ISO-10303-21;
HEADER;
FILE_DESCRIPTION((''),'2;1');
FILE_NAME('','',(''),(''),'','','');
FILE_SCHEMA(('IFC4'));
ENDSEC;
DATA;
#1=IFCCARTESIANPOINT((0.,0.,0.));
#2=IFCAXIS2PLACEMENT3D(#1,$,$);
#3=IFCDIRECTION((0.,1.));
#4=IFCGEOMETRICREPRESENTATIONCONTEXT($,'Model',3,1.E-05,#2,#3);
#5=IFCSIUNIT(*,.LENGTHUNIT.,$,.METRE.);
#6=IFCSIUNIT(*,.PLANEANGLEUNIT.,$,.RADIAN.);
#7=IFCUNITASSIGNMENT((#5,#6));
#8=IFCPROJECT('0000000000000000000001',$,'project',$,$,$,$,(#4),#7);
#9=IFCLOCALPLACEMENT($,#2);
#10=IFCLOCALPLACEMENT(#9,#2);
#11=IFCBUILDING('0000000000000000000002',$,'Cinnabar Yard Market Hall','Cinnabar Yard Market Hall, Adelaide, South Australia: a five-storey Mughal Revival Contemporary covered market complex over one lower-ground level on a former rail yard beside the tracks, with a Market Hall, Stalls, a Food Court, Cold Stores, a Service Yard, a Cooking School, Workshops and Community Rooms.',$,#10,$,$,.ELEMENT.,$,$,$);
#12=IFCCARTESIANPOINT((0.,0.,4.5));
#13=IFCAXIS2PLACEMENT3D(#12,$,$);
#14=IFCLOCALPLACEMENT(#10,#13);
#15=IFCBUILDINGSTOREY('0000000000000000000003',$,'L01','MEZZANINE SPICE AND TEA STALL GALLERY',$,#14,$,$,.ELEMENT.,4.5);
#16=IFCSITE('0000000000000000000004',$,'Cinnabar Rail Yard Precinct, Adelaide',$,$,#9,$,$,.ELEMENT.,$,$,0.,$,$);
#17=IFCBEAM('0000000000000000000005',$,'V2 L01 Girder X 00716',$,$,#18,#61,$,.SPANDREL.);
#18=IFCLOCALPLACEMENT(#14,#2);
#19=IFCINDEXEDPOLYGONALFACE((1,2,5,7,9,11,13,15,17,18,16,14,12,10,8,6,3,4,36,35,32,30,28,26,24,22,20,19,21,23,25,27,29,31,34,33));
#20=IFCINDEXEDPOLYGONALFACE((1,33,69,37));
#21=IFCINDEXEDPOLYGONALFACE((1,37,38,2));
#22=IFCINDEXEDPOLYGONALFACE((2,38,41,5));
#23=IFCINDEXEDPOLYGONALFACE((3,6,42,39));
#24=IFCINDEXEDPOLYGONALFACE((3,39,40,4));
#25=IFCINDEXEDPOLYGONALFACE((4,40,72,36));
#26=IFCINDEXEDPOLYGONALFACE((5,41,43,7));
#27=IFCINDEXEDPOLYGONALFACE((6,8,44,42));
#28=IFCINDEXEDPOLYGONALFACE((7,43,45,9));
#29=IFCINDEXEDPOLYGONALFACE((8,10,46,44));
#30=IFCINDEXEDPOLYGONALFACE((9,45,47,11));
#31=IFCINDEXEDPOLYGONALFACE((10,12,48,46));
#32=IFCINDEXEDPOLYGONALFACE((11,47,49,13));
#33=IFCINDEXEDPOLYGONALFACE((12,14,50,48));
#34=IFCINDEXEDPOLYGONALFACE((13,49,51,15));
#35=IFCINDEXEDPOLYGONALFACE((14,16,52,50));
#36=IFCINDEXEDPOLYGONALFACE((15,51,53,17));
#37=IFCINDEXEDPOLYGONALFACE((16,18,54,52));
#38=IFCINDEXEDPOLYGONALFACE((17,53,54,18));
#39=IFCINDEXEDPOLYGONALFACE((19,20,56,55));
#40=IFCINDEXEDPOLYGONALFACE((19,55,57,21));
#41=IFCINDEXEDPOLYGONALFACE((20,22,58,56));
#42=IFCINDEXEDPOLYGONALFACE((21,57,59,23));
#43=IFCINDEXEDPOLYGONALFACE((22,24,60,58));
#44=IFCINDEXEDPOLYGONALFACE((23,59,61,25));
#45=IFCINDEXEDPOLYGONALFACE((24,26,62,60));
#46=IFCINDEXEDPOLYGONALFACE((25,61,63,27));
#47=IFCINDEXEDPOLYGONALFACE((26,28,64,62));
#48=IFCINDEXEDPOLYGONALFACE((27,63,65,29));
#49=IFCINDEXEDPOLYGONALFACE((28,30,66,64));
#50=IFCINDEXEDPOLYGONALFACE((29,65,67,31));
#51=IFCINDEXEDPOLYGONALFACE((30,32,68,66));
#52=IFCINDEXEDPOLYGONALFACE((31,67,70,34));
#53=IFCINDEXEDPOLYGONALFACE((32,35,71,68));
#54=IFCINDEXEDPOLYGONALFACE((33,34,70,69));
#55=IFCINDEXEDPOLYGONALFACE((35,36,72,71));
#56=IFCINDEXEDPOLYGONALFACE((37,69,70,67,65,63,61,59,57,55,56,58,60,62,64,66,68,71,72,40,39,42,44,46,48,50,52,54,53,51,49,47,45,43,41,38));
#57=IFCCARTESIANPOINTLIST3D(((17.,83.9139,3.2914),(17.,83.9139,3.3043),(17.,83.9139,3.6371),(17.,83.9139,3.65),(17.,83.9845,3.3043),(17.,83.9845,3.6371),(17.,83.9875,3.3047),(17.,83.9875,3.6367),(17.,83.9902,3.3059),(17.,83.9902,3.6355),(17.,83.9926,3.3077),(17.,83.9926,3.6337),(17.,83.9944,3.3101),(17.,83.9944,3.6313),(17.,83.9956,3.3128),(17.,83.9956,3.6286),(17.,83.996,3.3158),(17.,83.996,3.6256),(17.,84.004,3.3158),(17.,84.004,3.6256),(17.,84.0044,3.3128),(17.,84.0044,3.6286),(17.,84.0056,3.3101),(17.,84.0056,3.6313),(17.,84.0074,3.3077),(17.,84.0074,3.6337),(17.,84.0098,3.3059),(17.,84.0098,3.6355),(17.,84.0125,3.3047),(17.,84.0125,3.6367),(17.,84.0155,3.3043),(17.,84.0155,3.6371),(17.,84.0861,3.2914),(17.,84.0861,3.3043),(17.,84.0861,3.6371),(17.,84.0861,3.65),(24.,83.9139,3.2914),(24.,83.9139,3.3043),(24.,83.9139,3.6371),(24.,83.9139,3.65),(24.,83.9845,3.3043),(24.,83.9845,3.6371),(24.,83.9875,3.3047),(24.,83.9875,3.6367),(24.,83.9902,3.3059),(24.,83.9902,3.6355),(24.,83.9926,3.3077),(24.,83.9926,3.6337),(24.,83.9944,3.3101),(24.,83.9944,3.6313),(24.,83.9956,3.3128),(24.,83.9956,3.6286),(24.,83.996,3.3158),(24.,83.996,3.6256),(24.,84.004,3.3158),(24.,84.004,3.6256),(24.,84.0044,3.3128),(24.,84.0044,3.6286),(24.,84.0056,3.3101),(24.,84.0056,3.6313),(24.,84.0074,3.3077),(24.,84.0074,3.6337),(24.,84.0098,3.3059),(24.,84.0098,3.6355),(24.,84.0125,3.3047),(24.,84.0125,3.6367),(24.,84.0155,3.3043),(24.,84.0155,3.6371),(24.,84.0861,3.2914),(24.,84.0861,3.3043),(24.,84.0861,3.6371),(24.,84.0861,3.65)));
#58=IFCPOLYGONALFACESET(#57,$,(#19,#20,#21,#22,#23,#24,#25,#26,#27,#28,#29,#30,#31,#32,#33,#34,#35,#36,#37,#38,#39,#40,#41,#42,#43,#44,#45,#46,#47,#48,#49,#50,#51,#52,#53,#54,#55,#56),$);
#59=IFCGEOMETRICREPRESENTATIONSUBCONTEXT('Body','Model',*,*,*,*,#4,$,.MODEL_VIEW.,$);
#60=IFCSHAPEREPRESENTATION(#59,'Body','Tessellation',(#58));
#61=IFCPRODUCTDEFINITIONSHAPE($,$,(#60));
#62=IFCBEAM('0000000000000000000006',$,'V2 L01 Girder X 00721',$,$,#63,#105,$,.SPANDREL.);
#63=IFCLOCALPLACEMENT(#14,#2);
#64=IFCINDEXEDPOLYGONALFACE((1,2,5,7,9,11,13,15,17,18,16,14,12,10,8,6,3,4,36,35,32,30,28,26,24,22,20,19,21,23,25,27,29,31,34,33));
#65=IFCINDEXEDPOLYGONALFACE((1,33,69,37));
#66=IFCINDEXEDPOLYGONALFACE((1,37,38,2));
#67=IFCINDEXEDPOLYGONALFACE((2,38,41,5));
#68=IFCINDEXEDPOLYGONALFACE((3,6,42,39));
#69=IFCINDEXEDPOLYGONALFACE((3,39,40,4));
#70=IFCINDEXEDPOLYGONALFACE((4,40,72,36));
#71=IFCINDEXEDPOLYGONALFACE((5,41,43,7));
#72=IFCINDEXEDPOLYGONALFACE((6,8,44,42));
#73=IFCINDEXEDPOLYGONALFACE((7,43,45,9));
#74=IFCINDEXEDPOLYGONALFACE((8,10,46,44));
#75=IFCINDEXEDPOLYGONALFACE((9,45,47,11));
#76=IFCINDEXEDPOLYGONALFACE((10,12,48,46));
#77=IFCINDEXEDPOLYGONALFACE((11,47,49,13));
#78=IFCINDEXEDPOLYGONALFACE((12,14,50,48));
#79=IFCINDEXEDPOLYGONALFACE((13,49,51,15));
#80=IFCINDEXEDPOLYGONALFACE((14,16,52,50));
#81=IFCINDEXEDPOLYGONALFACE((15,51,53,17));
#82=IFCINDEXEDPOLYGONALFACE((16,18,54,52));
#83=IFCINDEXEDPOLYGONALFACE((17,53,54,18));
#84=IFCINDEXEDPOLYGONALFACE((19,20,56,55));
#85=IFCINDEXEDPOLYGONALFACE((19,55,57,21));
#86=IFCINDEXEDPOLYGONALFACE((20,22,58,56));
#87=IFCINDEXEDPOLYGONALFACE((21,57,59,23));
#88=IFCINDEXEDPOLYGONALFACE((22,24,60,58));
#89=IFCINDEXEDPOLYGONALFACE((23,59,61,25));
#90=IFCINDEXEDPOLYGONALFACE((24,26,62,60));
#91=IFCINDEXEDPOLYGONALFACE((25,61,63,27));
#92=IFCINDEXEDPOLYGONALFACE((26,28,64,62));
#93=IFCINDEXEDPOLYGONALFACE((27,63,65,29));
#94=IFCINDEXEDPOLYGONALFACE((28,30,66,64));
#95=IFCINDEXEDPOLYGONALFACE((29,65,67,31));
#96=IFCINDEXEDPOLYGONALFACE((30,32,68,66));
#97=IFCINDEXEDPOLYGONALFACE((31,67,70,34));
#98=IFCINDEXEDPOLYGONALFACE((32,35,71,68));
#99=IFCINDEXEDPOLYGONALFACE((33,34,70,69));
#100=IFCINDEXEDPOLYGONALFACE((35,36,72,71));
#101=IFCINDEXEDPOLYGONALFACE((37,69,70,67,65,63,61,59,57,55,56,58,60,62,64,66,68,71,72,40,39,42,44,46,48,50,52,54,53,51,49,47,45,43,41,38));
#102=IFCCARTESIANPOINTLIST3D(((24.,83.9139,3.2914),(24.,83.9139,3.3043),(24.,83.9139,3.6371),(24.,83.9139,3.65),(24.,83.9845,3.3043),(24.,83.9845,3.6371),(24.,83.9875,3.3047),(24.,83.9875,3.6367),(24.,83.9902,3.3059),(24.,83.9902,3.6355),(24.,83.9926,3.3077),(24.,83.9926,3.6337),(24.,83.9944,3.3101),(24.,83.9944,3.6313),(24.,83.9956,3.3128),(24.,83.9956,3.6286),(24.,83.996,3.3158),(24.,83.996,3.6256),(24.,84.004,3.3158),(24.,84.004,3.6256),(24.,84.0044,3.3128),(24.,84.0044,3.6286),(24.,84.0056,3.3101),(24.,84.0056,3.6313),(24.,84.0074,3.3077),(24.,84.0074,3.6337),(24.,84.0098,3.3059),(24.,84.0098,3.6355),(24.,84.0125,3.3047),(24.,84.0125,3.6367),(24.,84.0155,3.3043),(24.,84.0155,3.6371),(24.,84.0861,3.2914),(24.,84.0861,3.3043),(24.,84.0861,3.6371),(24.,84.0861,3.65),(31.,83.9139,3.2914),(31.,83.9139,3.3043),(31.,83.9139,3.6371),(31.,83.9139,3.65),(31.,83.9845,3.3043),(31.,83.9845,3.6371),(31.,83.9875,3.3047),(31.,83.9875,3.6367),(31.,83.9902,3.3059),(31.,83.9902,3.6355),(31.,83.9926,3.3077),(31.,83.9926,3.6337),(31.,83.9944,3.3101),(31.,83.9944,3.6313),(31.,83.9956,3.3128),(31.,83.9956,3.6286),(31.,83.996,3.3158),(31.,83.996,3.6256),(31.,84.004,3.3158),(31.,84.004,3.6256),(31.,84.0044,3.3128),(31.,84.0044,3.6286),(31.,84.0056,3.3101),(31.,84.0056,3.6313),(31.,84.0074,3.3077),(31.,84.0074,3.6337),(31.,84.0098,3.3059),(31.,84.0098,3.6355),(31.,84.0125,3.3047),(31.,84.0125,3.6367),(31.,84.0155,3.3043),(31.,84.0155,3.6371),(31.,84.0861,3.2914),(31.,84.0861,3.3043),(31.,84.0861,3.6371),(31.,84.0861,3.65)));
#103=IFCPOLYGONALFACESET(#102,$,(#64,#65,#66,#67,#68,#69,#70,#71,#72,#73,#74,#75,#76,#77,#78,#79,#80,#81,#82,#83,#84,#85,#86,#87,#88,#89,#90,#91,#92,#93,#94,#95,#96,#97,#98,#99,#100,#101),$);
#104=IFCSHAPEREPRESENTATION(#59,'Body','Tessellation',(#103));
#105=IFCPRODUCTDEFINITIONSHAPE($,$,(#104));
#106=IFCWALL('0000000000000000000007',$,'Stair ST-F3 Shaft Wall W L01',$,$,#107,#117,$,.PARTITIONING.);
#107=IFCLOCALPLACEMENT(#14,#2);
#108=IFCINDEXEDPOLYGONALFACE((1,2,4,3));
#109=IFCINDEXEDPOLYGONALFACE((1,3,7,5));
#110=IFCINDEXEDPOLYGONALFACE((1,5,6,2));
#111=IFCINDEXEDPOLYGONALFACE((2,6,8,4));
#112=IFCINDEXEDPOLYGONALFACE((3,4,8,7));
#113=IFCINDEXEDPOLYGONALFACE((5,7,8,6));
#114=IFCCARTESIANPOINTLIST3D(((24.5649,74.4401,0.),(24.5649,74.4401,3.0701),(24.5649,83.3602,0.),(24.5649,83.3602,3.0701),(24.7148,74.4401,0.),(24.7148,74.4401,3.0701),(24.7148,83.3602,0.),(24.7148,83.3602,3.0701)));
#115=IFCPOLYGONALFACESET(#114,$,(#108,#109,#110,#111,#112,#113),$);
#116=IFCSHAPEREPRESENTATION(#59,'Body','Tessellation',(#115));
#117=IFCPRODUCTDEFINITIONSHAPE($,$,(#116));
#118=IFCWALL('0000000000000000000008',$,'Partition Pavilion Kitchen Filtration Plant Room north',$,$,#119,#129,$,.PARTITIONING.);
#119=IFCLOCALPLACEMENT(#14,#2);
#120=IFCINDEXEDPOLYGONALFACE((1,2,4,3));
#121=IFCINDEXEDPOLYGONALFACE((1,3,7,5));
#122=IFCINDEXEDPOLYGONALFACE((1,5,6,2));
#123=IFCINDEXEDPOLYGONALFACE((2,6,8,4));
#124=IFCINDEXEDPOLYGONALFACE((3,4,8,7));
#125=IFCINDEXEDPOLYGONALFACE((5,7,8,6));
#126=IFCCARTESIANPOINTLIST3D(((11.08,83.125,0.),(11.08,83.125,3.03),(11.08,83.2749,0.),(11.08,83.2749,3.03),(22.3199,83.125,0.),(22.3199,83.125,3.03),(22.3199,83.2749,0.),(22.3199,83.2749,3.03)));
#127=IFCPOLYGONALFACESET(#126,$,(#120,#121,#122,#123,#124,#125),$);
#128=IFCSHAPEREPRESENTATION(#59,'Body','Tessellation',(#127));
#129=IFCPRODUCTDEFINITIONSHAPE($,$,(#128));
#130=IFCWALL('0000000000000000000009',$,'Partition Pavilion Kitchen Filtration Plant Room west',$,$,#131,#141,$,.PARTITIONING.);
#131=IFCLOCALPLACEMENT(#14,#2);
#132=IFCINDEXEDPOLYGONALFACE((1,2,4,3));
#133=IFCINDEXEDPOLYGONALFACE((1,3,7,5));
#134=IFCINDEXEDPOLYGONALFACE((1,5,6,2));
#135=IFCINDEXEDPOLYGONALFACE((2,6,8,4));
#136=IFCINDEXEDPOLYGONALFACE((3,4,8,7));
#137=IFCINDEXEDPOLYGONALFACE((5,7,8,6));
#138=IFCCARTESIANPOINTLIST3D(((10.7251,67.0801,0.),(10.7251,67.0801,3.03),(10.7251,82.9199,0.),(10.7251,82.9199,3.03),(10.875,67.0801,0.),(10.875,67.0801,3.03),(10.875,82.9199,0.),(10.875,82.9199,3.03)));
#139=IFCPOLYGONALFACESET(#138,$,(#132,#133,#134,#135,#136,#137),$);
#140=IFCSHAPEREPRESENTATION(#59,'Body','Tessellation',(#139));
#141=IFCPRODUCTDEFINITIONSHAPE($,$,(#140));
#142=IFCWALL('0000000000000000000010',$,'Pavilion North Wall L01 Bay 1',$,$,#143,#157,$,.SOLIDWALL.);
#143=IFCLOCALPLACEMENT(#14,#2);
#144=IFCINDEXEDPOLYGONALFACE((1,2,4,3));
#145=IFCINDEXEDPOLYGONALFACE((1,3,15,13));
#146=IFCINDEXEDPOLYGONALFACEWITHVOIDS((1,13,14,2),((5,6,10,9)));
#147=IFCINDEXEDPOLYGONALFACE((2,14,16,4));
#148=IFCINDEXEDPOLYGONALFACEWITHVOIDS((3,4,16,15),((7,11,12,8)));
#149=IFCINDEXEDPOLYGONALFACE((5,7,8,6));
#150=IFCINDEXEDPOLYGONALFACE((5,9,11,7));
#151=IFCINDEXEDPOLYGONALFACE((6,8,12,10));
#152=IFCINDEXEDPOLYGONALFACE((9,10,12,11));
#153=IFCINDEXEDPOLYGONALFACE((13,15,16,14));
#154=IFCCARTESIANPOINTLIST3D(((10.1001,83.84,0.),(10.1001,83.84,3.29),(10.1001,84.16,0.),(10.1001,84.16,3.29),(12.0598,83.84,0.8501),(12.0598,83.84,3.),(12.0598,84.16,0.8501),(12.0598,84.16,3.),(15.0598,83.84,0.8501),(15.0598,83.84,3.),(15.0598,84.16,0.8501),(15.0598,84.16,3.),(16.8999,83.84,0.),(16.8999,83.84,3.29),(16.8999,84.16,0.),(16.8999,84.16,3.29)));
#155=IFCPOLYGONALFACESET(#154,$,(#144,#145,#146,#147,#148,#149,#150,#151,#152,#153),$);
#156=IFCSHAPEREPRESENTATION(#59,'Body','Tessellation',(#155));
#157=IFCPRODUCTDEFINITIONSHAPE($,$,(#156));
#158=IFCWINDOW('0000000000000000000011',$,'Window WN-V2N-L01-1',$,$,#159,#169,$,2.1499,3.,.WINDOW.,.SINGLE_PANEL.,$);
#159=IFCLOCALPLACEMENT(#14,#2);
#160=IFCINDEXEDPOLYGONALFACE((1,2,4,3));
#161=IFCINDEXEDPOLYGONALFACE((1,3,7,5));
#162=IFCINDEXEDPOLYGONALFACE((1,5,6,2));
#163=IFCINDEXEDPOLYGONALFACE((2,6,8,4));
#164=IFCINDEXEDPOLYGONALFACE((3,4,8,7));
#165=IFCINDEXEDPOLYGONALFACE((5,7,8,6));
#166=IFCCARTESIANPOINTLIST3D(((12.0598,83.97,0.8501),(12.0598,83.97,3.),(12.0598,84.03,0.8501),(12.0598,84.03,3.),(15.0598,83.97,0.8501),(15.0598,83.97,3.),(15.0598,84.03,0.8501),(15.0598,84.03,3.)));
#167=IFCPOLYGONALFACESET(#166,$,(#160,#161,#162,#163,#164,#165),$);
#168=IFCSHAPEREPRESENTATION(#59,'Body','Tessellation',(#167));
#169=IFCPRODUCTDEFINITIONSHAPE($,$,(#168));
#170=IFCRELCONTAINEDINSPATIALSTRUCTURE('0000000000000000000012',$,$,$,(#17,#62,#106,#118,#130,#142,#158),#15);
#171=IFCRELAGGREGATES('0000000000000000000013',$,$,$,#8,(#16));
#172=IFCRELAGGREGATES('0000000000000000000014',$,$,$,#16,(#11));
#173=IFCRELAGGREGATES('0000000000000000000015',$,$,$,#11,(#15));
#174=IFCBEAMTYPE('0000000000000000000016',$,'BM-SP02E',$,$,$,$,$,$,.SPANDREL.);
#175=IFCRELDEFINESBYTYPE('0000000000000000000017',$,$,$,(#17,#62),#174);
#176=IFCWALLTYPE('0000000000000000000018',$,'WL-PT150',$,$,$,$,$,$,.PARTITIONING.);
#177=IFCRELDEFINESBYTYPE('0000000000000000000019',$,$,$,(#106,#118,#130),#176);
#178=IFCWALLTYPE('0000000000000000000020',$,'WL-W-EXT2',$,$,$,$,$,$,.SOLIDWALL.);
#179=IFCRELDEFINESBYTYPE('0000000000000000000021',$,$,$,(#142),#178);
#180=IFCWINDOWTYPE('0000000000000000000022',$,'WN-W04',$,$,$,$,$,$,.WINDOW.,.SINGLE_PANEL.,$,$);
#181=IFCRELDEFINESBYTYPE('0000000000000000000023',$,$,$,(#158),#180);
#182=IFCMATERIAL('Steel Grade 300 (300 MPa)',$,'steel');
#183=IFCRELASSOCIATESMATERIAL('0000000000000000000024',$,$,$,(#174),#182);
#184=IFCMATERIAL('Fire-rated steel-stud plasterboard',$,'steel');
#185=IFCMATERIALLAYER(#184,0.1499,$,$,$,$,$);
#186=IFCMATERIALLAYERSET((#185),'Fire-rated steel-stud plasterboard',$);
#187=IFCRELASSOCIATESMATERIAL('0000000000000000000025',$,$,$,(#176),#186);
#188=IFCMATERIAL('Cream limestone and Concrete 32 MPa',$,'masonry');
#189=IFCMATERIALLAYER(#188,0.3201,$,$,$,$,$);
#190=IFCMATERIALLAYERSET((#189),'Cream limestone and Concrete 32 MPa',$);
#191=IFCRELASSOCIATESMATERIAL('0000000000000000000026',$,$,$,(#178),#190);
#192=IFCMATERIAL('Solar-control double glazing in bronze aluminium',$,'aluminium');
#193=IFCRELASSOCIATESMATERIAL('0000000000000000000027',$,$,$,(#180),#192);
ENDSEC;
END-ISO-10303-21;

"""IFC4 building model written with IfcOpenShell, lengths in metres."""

from ifc_helpers import new_model, si_unit, direction, frame, frame_2d, origin, origin_2d_with_axis, place, context, subcontext, project, spatial, rectangle, i_section, extrude, material, layer, layer_set, material_profile, profile_set, type_object, element, fill, save


model = new_model("IFC4")

# Units and contexts
model_context = context("Model", 3, precision=1e-05, world=origin(), true_north=direction((0.0, 1.0)))
body_context = subcontext(model_context, "Body", "Model", "MODEL_VIEW")
ifc_project = project(units=[si_unit("LENGTHUNIT", "METRE"), si_unit("PLANEANGLEUNIT", "RADIAN")], contexts=[model_context])

# Site, building, storey
site_placement = place(None, origin())
site = spatial("IfcSite", under=ifc_project, at=site_placement, Name="Cinnabar Rail Yard Precinct, Adelaide", CompositionType="ELEMENT", RefElevation=0.0)
building_placement = place(site_placement, origin())
building = spatial("IfcBuilding", under=site, at=building_placement, Name="Cinnabar Yard Market Hall", Description="Cinnabar Yard Market Hall, Adelaide, South Australia: a five-storey Mughal Revival Contemporary covered market complex over one lower-ground level on a former rail yard beside the tracks, with a Market Hall, Stalls, a Food Court, Cold Stores, a Service Yard, a Cooking School, Workshops and Community Rooms.", CompositionType="ELEMENT")
storey_placement = place(building_placement, frame((0.0, 0.0, 4.5)))
storey = spatial("IfcBuildingStorey", under=building, at=storey_placement, Name="L01", Description="MEZZANINE SPICE AND TEA STALL GALLERY", CompositionType="ELEMENT", Elevation=4.5)

# Shared definitions
ifc_material_1 = material(Name="Steel Grade 300 (300 MPa)", Category="steel")

# Beams
ifc_material_profile_1 = material_profile(ifc_material_1, i_section(OverallWidth=0.1721, OverallDepth=0.3586, WebThickness=0.0081, FlangeThickness=0.0129, FilletRadius=0.0115, at=origin_2d_with_axis()), Name="360UB56.7")
ifc_profile_set_1 = profile_set([ifc_material_profile_1], Name="Steel Grade 300 (300 MPa)")
beam_type = type_object("IfcBeamType", Name="BM-SP02E", PredefinedType="SPANDREL", material=ifc_profile_set_1)
for number, where, z_axis, x_axis, name in (
    (1, (17.0, 84.0, 3.4707), (1.0, 0.0, 0.0), (0.0, 1.0, 0.0), "V2 L01 Girder X 00716"),
    (2, (24.0, 84.0, 3.4707), (1.0, 0.0, 0.0), (0.0, 1.0, 0.0), "V2 L01 Girder X 00721"),
):
    element("IfcBeam", number, at=place(storey_placement, frame(where, z_axis=z_axis, x_axis=x_axis)), inside=storey, type_object=beam_type, Name=name, PredefinedType="SPANDREL", context=body_context, shape_type="SweptSolid", body=[
        extrude(i_section(OverallWidth=0.1721, OverallDepth=0.3586, WebThickness=0.0081, FlangeThickness=0.0129, FilletRadius=0.0115, at=origin_2d_with_axis()), origin(), (0.0, 0.0, 1.0), 7.0),
    ])

# Walls
ifc_material_2 = material(Name="Fire-rated steel-stud plasterboard", Category="steel")
ifc_layer_1 = layer(ifc_material_2, 0.1499)
ifc_layer_set_1 = layer_set([ifc_layer_1], Name="Fire-rated steel-stud plasterboard")
wall_type_1 = type_object("IfcWallType", Name="WL-PT150", PredefinedType="PARTITIONING", material=ifc_layer_set_1)
wall_1_placement = place(storey_placement, frame((24.6399, 83.3601, 0.0), z_axis=(0.0, 0.0, 1.0), x_axis=(0.0, -1.0, 0.0)))
element("IfcWall", 3, at=wall_1_placement, inside=storey, type_object=wall_type_1, Name="Stair ST-F3 Shaft Wall W L01", PredefinedType="PARTITIONING", context=body_context, shape_type="SweptSolid", body=[
    extrude(rectangle(XDim=8.9202, YDim=0.1499, at=frame_2d((4.46, 0.0), x_axis=(1.0, 0.0))), origin(), (0.0, 0.0, 1.0), 3.0701),
])
wall_2_placement = place(storey_placement, frame((22.3201, 83.2, 0.0), z_axis=(0.0, 0.0, 1.0), x_axis=(-1.0, 0.0, 0.0)))
element("IfcWall", 4, at=wall_2_placement, inside=storey, type_object=wall_type_1, Name="Partition Pavilion Kitchen Filtration Plant Room north", PredefinedType="PARTITIONING", context=body_context, shape_type="SweptSolid", body=[
    extrude(rectangle(XDim=11.24, YDim=0.1499, at=frame_2d((5.6201, 0.0), x_axis=(1.0, 0.0))), origin(), (0.0, 0.0, 1.0), 3.03),
])
wall_3_placement = place(storey_placement, frame((10.8, 82.9199, 0.0), z_axis=(0.0, 0.0, 1.0), x_axis=(0.0, -1.0, 0.0)))
element("IfcWall", 5, at=wall_3_placement, inside=storey, type_object=wall_type_1, Name="Partition Pavilion Kitchen Filtration Plant Room west", PredefinedType="PARTITIONING", context=body_context, shape_type="SweptSolid", body=[
    extrude(rectangle(XDim=15.8398, YDim=0.1499, at=frame_2d((7.9199, 0.0), x_axis=(1.0, 0.0))), origin(), (0.0, 0.0, 1.0), 3.03),
])

# Wall, opening, window
ifc_material_3 = material(Name="Cream limestone and Concrete 32 MPa", Category="masonry")
ifc_layer_2 = layer(ifc_material_3, 0.3201)
ifc_layer_set_2 = layer_set([ifc_layer_2], Name="Cream limestone and Concrete 32 MPa")
wall_type_2 = type_object("IfcWallType", Name="WL-W-EXT2", PredefinedType="SOLIDWALL", material=ifc_layer_set_2)
wall_4_placement = place(storey_placement, frame((16.8999, 84.0, 0.0), z_axis=(0.0, 0.0, 1.0), x_axis=(-1.0, 0.0, 0.0)))
wall_4 = element("IfcWall", 6, at=wall_4_placement, inside=storey, type_object=wall_type_2, Name="Pavilion North Wall L01 Bay 1", PredefinedType="SOLIDWALL", context=body_context, shape_type="SweptSolid", body=[
    extrude(rectangle(XDim=6.7998, YDim=0.3201, at=frame_2d((3.3999, 0.0), x_axis=(1.0, 0.0))), origin(), (0.0, 0.0, 1.0), 3.29),
])
opening_1_placement = place(wall_4_placement, frame((1.8401, 0.0, 0.8501)))
opening_1 = element("IfcOpeningElement", 7, at=opening_1_placement, cuts=wall_4, PredefinedType="OPENING", context=body_context, shape_type="SweptSolid", body=[
    extrude(rectangle(XDim=3.0, YDim=2.1499, at=frame_2d((1.5, 1.075), x_axis=(1.0, 0.0))), frame((0.0, 0.1699, 0.0), z_axis=(0.0, -1.0, 0.0), x_axis=(1.0, 0.0, 0.0)), (0.0, 0.0, 1.0), 0.3401),
])
ifc_material_4 = material(Name="Solar-control double glazing in bronze aluminium", Category="aluminium")
window_type_1 = type_object("IfcWindowType", Name="WN-W04", PartitioningType="SINGLE_PANEL", PredefinedType="WINDOW", material=ifc_material_4)
window_1_placement = place(opening_1_placement, origin())
window_1 = element("IfcWindow", 8, at=window_1_placement, inside=storey, type_object=window_type_1, Name="Window WN-V2N-L01-1", OverallHeight=2.1499, OverallWidth=3.0, PartitioningType="SINGLE_PANEL", PredefinedType="WINDOW", context=body_context, shape_type="SweptSolid", body=[
    extrude(rectangle(XDim=3.0, YDim=2.1499, at=frame_2d((1.5, 1.075), x_axis=(1.0, 0.0))), frame((0.0, 0.03, 0.0), z_axis=(0.0, -1.0, 0.0), x_axis=(1.0, 0.0, 0.0)), (0.0, 0.0, 1.0), 0.0601),
])
fill(opening_1, window_1)

save(model, "model.ifc")
